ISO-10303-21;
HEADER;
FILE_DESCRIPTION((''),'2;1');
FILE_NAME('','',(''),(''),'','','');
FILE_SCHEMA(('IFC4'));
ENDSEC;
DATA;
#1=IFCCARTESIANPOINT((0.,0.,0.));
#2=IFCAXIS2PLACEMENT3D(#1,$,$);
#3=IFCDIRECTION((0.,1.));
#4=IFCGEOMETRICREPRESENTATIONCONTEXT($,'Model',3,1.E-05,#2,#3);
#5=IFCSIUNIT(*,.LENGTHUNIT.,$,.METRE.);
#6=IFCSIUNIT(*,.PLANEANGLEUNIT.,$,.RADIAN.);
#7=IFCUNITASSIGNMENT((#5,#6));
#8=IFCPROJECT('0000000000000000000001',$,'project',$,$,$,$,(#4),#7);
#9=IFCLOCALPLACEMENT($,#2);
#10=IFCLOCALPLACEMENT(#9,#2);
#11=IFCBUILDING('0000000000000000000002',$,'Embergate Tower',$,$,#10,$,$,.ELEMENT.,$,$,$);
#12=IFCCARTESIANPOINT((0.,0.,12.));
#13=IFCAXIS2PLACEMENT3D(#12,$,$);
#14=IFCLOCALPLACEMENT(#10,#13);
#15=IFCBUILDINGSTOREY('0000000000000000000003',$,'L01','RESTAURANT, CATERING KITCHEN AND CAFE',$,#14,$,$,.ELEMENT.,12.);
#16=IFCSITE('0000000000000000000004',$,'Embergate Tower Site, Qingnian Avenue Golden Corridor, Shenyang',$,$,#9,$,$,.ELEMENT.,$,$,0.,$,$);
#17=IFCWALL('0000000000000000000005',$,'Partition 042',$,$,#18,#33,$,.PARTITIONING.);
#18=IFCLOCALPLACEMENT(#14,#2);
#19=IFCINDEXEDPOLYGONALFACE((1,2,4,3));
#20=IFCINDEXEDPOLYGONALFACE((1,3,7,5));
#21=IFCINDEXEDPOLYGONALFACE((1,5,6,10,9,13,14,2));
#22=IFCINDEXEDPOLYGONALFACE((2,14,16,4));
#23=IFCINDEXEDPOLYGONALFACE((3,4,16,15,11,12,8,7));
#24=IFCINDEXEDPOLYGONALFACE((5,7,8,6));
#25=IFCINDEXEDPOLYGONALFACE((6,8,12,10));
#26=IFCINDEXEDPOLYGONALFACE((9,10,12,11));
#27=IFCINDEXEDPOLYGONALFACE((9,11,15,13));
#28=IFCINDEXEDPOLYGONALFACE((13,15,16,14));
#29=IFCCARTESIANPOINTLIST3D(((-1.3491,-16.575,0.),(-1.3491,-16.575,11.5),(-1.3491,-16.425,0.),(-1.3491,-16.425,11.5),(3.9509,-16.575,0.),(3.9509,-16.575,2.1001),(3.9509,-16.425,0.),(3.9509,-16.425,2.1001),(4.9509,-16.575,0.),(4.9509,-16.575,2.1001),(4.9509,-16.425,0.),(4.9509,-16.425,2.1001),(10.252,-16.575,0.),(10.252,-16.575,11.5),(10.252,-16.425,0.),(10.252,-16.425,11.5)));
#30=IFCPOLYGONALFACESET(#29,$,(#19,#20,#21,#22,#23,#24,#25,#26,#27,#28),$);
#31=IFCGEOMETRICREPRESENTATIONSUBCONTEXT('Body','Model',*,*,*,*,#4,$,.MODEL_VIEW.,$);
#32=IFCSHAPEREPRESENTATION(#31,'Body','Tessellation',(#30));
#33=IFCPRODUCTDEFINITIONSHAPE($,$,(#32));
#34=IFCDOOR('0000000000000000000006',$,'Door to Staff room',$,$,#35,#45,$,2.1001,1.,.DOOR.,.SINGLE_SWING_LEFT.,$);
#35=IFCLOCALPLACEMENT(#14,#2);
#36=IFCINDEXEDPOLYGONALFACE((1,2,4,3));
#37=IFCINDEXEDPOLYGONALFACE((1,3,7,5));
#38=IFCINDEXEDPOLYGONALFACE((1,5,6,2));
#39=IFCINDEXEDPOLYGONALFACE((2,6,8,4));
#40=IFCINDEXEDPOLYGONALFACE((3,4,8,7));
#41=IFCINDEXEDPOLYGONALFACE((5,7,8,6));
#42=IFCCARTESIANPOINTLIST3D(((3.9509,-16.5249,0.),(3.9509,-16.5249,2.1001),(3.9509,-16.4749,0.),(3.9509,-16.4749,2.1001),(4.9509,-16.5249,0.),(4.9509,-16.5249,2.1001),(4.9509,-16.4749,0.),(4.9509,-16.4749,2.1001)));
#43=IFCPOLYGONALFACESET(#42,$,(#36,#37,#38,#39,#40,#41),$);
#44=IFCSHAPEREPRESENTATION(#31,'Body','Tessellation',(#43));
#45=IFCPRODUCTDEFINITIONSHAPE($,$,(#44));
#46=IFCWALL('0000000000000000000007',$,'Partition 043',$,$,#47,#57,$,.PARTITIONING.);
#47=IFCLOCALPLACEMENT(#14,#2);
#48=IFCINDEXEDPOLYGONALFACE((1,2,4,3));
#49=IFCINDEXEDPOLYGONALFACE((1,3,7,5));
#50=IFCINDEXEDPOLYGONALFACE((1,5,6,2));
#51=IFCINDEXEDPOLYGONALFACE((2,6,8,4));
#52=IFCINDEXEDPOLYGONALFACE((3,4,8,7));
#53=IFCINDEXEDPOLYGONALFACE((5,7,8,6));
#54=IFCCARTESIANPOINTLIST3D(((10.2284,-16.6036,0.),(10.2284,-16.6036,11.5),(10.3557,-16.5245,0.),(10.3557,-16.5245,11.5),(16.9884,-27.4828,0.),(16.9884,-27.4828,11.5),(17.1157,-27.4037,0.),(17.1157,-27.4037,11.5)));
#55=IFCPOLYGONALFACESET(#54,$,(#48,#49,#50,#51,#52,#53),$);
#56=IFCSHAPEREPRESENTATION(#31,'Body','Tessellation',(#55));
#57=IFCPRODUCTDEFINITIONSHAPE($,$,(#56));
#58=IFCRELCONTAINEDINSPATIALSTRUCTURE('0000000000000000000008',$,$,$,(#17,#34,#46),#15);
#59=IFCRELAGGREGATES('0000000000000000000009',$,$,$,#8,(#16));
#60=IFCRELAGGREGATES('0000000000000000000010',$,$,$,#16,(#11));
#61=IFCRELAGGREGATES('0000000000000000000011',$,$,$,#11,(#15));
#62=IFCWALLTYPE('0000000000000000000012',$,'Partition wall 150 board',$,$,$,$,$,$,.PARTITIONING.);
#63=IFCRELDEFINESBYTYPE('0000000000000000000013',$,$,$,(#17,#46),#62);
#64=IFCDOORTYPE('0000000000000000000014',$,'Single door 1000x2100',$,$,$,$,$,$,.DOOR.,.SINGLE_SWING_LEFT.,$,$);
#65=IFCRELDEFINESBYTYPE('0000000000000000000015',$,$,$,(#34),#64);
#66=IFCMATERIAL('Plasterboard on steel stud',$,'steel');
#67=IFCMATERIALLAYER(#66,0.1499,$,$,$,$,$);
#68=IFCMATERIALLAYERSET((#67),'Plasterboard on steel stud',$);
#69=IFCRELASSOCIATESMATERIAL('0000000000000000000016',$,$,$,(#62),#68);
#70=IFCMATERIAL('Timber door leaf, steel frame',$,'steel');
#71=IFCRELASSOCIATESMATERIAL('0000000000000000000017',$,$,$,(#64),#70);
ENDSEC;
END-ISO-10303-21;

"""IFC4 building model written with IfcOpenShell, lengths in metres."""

from ifc_helpers import new_model, si_unit, direction, frame, frame_2d, origin, place, context, subcontext, project, spatial, rectangle, extrude, source, transform, mapped, material, layer, layer_set, type_object, element, fill, save


model = new_model("IFC4")

# Units and contexts
model_context = context("Model", 3, precision=1e-05, world=origin(), true_north=direction((0.0, 1.0)))
body_context = subcontext(model_context, "Body", "Model", "MODEL_VIEW")
ifc_project = project(units=[si_unit("LENGTHUNIT", "METRE"), si_unit("PLANEANGLEUNIT", "RADIAN")], contexts=[model_context])

# Site, building, storey
site_placement = place(None, origin())
site = spatial("IfcSite", under=ifc_project, at=site_placement, Name="Embergate Tower Site, Qingnian Avenue Golden Corridor, Shenyang", CompositionType="ELEMENT", RefElevation=0.0)
building_placement = place(site_placement, origin())
building = spatial("IfcBuilding", under=site, at=building_placement, Name="Embergate Tower", CompositionType="ELEMENT")
storey_placement = place(building_placement, frame((0.0, 0.0, 12.0)))
storey = spatial("IfcBuildingStorey", under=building, at=storey_placement, Name="L01", Description="RESTAURANT, CATERING KITCHEN AND CAFE", CompositionType="ELEMENT", Elevation=12.0)

# Wall, opening, door
ifc_material_1 = material(Name="Plasterboard on steel stud", Category="steel")
ifc_layer_1 = layer(ifc_material_1, 0.1499)
ifc_layer_set_1 = layer_set([ifc_layer_1], Name="Plasterboard on steel stud")
wall_type_1 = type_object("IfcWallType", Name="Partition wall 150 board", PredefinedType="PARTITIONING", material=ifc_layer_set_1)
shared_shape_1 = source(origin(), body_context, "Body", "SweptSolid", [
    extrude(rectangle(XDim=11.6011, YDim=0.1499, at=frame_2d((5.8005, 0.0))), origin(), (0.0, 0.0, 1.0), 11.5),
])
wall_1_placement = place(storey_placement, frame((10.252, -16.5, 0.0), z_axis=(0.0, 0.0, 1.0), x_axis=(-1.0, 0.0, 0.0)))
wall_1 = element("IfcWall", 1, at=wall_1_placement, inside=storey, type_object=wall_type_1, Name="Partition 042", PredefinedType="PARTITIONING", context=body_context, shape_type="MappedRepresentation", body=[
    mapped(shared_shape_1, transform((0.0, 0.0, 0.0))),
])
shared_shape_2 = source(origin(), body_context, "Body", "SweptSolid", [
    extrude(rectangle(XDim=1.0, YDim=2.1001, at=frame_2d((0.5, 1.05))), frame((0.0, 0.085, 0.0), z_axis=(0.0, -1.0, 0.0), x_axis=(1.0, 0.0, 0.0)), (0.0, 0.0, 1.0), 0.1699),
])
opening_placement = place(wall_1_placement, frame((5.301, 0.0, 0.0)))
opening = element("IfcOpeningElement", 2, at=opening_placement, cuts=wall_1, PredefinedType="OPENING", context=body_context, shape_type="MappedRepresentation", body=[
    mapped(shared_shape_2, transform((0.0, 0.0, 0.0))),
])
ifc_material_2 = material(Name="Timber door leaf, steel frame", Category="steel")
door_type = type_object("IfcDoorType", Name="Single door 1000x2100", OperationType="SINGLE_SWING_LEFT", PredefinedType="DOOR", material=ifc_material_2)
shared_shape_3 = source(origin(), body_context, "Body", "SweptSolid", [
    extrude(rectangle(XDim=1.0, YDim=2.1001, at=frame_2d((0.5, 1.05))), frame((0.0, 0.0249, 0.0), z_axis=(0.0, -1.0, 0.0), x_axis=(1.0, 0.0, 0.0)), (0.0, 0.0, 1.0), 0.05),
])
door_placement = place(opening_placement, origin())
door = element("IfcDoor", 3, at=door_placement, inside=storey, type_object=door_type, Name="Door to Staff room", OperationType="SINGLE_SWING_LEFT", OverallHeight=2.1001, OverallWidth=1.0, PredefinedType="DOOR", context=body_context, shape_type="MappedRepresentation", body=[
    mapped(shared_shape_3, transform((0.0, 0.0, 0.0))),
])
fill(opening, door)

# Wall
shared_shape_4 = source(origin(), body_context, "Body", "SweptSolid", [
    extrude(rectangle(XDim=12.8083, YDim=0.1499, at=frame_2d((6.4043, 0.0))), origin(), (0.0, 0.0, 1.0), 11.5),
])
wall_2_placement = place(storey_placement, frame((10.292, -16.564, 0.0), z_axis=(0.0, 0.0, 1.0), x_axis=(0.527782, -0.84938, 0.0)))
element("IfcWall", 4, at=wall_2_placement, inside=storey, type_object=wall_type_1, Name="Partition 043", PredefinedType="PARTITIONING", context=body_context, shape_type="MappedRepresentation", body=[
    mapped(shared_shape_4, transform((0.0, 0.0, 0.0))),
])

save(model, "model.ifc")
